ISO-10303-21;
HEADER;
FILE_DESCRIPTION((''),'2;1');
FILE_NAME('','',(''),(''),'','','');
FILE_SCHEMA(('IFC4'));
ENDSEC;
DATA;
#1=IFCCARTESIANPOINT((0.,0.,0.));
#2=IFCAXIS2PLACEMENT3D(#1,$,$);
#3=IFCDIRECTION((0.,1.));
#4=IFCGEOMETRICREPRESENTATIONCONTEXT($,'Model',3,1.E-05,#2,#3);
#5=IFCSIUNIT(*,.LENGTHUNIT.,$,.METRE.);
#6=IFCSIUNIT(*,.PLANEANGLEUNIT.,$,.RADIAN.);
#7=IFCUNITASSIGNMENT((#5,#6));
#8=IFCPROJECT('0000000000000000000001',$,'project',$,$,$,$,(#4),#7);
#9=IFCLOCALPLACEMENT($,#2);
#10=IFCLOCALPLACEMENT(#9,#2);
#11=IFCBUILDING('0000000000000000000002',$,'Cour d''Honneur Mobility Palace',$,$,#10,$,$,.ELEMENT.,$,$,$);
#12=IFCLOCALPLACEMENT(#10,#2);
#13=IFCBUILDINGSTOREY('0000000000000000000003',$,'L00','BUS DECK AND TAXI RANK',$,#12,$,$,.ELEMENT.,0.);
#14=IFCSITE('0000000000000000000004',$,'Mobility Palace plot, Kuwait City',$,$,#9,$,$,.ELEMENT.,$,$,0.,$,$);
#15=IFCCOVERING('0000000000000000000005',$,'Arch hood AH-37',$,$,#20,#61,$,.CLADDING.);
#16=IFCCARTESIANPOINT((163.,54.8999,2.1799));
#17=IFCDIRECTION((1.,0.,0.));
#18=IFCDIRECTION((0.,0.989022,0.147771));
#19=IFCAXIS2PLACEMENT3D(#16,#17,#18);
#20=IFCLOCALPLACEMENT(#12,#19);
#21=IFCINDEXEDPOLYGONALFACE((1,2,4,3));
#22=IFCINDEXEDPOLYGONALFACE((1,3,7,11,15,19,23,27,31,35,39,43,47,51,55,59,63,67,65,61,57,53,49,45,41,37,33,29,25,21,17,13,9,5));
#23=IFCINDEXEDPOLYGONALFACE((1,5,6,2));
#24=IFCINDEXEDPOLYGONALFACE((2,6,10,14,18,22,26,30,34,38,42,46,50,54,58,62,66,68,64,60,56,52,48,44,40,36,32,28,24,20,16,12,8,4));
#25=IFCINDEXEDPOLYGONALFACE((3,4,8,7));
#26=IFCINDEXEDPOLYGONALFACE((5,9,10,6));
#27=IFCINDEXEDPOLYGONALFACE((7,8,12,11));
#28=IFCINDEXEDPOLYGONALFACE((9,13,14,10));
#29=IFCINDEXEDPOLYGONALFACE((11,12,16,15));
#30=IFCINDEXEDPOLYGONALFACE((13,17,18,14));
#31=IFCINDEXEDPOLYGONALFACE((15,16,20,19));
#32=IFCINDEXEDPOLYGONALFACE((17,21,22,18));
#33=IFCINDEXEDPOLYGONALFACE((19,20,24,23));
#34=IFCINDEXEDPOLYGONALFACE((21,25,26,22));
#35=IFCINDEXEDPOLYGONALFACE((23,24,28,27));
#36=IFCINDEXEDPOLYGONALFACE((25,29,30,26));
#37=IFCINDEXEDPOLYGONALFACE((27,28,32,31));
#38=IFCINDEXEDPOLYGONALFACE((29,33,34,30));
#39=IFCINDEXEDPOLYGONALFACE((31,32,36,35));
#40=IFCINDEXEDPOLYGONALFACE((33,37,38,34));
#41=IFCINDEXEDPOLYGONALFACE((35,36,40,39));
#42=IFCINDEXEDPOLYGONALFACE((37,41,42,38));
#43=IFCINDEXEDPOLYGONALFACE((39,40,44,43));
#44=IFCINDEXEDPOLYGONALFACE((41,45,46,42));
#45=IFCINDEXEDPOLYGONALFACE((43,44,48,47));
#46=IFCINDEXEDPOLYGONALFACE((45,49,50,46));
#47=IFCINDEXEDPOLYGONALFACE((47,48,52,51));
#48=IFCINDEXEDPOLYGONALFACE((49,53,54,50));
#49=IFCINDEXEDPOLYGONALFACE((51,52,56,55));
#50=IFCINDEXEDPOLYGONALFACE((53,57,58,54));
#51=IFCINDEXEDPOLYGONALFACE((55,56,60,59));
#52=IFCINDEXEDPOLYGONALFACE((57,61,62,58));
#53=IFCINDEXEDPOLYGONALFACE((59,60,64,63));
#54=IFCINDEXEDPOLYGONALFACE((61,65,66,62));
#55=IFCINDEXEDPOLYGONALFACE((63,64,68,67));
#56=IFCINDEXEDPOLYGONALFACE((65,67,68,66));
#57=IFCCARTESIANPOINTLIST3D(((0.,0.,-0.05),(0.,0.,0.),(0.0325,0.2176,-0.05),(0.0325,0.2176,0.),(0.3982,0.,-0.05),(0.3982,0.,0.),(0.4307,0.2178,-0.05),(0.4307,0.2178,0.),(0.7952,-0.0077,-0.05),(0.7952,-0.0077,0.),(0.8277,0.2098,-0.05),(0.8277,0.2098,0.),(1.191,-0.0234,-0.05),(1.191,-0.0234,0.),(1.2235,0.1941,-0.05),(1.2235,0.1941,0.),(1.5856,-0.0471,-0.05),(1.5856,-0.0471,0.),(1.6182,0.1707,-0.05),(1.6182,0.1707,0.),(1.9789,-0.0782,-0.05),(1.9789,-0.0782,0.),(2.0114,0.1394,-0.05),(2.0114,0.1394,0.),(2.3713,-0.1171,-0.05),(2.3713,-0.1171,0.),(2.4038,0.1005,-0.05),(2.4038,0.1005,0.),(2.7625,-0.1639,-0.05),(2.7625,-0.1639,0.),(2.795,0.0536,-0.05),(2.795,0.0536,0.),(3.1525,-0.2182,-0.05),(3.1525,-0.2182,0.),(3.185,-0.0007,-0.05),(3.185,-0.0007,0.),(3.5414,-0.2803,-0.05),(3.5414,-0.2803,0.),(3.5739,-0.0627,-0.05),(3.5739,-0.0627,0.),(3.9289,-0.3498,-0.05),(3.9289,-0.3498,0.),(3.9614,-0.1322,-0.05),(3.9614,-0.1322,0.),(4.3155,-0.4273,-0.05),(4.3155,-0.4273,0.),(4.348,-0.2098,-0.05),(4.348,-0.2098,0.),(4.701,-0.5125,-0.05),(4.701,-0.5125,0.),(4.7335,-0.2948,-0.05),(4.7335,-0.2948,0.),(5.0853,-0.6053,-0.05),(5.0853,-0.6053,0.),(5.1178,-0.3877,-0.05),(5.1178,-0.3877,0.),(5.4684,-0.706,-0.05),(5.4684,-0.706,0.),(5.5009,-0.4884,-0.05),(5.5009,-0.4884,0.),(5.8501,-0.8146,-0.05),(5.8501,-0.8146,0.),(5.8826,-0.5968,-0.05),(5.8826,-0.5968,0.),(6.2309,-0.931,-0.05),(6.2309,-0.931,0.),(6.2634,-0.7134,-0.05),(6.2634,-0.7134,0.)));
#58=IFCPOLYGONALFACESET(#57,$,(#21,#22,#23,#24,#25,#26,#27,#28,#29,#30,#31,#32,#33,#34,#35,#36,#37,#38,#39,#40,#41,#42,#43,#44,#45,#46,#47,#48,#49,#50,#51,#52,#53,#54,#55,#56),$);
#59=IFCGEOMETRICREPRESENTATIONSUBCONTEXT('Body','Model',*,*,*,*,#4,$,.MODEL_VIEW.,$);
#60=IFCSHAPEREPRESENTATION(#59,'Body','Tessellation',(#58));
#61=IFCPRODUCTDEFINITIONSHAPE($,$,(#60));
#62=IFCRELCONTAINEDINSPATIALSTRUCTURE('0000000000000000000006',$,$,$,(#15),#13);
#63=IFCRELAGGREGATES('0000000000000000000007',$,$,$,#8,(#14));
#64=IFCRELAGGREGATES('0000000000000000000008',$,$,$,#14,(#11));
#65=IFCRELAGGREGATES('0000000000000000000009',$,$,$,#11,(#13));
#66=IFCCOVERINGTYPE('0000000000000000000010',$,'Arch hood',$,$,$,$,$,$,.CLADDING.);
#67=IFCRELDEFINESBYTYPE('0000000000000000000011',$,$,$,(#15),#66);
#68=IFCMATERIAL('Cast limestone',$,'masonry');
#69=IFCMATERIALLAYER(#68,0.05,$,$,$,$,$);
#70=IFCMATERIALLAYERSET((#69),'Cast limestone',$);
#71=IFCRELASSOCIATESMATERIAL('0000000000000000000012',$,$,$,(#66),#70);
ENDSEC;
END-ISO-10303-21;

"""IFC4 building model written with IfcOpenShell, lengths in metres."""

from ifc_helpers import new_model, si_unit, direction, frame, origin, place, context, subcontext, project, spatial, polyline, outline, extrude, material, layer, layer_set, type_object, element, save


model = new_model("IFC4")

# Units and contexts
model_context = context("Model", 3, precision=1e-05, world=origin(), true_north=direction((0.0, 1.0)))
body_context = subcontext(model_context, "Body", "Model", "MODEL_VIEW")
ifc_project = project(units=[si_unit("LENGTHUNIT", "METRE"), si_unit("PLANEANGLEUNIT", "RADIAN")], contexts=[model_context])

# Site, building, storey
site_placement = place(None, origin())
site = spatial("IfcSite", under=ifc_project, at=site_placement, Name="Mobility Palace plot, Kuwait City", CompositionType="ELEMENT", RefElevation=0.0)
building_placement = place(site_placement, origin())
building = spatial("IfcBuilding", under=site, at=building_placement, Name="Cour d'Honneur Mobility Palace", CompositionType="ELEMENT")
storey_placement = place(building_placement, origin())
storey = spatial("IfcBuildingStorey", under=building, at=storey_placement, Name="L00", Description="BUS DECK AND TAXI RANK", CompositionType="ELEMENT", Elevation=0.0)

# Covering
ifc_material_1 = material(Name="Cast limestone", Category="masonry")
ifc_layer_1 = layer(ifc_material_1, 0.05)
ifc_layer_set_1 = layer_set([ifc_layer_1], Name="Cast limestone")
covering_type_1 = type_object("IfcCoveringType", Name="Arch hood", PredefinedType="CLADDING", material=ifc_layer_set_1)
covering_1_placement = place(storey_placement, frame((163.0, 54.8999, 2.1799), z_axis=(1.0, 0.0, 0.0), x_axis=(0.0, 0.989022, 0.147771)))
element("IfcCovering", 1, at=covering_1_placement, inside=storey, type_object=covering_type_1, Name="Arch hood AH-37", PredefinedType="CLADDING", context=body_context, shape_type="SweptSolid", body=[
    extrude(outline(polyline([(0.0, 0.0), (0.3982, 0.0), (0.7952, -0.0077), (1.191, -0.0234), (1.5856, -0.0471), (1.9789, -0.0782), (2.3713, -0.1171), (2.7625, -0.1639), (3.1525, -0.2182), (3.5414, -0.2803), (3.9289, -0.3498), (4.3155, -0.4273), (4.701, -0.5125), (5.0853, -0.6053), (5.4684, -0.706), (5.8501, -0.8146), (6.2309, -0.931), (6.2634, -0.7134), (5.8826, -0.5968), (5.5009, -0.4884), (5.1178, -0.3877), (4.7335, -0.2948), (4.348, -0.2098), (3.9614, -0.1322), (3.5739, -0.0627), (3.185, -0.0007), (2.795, 0.0536), (2.4038, 0.1005), (2.0114, 0.1394), (1.6182, 0.1707), (1.2235, 0.1941), (0.8277, 0.2098), (0.4307, 0.2178), (0.0325, 0.2176), (0.0, 0.0)])), origin(), (0.0, 0.0, -1.0), 0.05),
])

save(model, "model.ifc")
